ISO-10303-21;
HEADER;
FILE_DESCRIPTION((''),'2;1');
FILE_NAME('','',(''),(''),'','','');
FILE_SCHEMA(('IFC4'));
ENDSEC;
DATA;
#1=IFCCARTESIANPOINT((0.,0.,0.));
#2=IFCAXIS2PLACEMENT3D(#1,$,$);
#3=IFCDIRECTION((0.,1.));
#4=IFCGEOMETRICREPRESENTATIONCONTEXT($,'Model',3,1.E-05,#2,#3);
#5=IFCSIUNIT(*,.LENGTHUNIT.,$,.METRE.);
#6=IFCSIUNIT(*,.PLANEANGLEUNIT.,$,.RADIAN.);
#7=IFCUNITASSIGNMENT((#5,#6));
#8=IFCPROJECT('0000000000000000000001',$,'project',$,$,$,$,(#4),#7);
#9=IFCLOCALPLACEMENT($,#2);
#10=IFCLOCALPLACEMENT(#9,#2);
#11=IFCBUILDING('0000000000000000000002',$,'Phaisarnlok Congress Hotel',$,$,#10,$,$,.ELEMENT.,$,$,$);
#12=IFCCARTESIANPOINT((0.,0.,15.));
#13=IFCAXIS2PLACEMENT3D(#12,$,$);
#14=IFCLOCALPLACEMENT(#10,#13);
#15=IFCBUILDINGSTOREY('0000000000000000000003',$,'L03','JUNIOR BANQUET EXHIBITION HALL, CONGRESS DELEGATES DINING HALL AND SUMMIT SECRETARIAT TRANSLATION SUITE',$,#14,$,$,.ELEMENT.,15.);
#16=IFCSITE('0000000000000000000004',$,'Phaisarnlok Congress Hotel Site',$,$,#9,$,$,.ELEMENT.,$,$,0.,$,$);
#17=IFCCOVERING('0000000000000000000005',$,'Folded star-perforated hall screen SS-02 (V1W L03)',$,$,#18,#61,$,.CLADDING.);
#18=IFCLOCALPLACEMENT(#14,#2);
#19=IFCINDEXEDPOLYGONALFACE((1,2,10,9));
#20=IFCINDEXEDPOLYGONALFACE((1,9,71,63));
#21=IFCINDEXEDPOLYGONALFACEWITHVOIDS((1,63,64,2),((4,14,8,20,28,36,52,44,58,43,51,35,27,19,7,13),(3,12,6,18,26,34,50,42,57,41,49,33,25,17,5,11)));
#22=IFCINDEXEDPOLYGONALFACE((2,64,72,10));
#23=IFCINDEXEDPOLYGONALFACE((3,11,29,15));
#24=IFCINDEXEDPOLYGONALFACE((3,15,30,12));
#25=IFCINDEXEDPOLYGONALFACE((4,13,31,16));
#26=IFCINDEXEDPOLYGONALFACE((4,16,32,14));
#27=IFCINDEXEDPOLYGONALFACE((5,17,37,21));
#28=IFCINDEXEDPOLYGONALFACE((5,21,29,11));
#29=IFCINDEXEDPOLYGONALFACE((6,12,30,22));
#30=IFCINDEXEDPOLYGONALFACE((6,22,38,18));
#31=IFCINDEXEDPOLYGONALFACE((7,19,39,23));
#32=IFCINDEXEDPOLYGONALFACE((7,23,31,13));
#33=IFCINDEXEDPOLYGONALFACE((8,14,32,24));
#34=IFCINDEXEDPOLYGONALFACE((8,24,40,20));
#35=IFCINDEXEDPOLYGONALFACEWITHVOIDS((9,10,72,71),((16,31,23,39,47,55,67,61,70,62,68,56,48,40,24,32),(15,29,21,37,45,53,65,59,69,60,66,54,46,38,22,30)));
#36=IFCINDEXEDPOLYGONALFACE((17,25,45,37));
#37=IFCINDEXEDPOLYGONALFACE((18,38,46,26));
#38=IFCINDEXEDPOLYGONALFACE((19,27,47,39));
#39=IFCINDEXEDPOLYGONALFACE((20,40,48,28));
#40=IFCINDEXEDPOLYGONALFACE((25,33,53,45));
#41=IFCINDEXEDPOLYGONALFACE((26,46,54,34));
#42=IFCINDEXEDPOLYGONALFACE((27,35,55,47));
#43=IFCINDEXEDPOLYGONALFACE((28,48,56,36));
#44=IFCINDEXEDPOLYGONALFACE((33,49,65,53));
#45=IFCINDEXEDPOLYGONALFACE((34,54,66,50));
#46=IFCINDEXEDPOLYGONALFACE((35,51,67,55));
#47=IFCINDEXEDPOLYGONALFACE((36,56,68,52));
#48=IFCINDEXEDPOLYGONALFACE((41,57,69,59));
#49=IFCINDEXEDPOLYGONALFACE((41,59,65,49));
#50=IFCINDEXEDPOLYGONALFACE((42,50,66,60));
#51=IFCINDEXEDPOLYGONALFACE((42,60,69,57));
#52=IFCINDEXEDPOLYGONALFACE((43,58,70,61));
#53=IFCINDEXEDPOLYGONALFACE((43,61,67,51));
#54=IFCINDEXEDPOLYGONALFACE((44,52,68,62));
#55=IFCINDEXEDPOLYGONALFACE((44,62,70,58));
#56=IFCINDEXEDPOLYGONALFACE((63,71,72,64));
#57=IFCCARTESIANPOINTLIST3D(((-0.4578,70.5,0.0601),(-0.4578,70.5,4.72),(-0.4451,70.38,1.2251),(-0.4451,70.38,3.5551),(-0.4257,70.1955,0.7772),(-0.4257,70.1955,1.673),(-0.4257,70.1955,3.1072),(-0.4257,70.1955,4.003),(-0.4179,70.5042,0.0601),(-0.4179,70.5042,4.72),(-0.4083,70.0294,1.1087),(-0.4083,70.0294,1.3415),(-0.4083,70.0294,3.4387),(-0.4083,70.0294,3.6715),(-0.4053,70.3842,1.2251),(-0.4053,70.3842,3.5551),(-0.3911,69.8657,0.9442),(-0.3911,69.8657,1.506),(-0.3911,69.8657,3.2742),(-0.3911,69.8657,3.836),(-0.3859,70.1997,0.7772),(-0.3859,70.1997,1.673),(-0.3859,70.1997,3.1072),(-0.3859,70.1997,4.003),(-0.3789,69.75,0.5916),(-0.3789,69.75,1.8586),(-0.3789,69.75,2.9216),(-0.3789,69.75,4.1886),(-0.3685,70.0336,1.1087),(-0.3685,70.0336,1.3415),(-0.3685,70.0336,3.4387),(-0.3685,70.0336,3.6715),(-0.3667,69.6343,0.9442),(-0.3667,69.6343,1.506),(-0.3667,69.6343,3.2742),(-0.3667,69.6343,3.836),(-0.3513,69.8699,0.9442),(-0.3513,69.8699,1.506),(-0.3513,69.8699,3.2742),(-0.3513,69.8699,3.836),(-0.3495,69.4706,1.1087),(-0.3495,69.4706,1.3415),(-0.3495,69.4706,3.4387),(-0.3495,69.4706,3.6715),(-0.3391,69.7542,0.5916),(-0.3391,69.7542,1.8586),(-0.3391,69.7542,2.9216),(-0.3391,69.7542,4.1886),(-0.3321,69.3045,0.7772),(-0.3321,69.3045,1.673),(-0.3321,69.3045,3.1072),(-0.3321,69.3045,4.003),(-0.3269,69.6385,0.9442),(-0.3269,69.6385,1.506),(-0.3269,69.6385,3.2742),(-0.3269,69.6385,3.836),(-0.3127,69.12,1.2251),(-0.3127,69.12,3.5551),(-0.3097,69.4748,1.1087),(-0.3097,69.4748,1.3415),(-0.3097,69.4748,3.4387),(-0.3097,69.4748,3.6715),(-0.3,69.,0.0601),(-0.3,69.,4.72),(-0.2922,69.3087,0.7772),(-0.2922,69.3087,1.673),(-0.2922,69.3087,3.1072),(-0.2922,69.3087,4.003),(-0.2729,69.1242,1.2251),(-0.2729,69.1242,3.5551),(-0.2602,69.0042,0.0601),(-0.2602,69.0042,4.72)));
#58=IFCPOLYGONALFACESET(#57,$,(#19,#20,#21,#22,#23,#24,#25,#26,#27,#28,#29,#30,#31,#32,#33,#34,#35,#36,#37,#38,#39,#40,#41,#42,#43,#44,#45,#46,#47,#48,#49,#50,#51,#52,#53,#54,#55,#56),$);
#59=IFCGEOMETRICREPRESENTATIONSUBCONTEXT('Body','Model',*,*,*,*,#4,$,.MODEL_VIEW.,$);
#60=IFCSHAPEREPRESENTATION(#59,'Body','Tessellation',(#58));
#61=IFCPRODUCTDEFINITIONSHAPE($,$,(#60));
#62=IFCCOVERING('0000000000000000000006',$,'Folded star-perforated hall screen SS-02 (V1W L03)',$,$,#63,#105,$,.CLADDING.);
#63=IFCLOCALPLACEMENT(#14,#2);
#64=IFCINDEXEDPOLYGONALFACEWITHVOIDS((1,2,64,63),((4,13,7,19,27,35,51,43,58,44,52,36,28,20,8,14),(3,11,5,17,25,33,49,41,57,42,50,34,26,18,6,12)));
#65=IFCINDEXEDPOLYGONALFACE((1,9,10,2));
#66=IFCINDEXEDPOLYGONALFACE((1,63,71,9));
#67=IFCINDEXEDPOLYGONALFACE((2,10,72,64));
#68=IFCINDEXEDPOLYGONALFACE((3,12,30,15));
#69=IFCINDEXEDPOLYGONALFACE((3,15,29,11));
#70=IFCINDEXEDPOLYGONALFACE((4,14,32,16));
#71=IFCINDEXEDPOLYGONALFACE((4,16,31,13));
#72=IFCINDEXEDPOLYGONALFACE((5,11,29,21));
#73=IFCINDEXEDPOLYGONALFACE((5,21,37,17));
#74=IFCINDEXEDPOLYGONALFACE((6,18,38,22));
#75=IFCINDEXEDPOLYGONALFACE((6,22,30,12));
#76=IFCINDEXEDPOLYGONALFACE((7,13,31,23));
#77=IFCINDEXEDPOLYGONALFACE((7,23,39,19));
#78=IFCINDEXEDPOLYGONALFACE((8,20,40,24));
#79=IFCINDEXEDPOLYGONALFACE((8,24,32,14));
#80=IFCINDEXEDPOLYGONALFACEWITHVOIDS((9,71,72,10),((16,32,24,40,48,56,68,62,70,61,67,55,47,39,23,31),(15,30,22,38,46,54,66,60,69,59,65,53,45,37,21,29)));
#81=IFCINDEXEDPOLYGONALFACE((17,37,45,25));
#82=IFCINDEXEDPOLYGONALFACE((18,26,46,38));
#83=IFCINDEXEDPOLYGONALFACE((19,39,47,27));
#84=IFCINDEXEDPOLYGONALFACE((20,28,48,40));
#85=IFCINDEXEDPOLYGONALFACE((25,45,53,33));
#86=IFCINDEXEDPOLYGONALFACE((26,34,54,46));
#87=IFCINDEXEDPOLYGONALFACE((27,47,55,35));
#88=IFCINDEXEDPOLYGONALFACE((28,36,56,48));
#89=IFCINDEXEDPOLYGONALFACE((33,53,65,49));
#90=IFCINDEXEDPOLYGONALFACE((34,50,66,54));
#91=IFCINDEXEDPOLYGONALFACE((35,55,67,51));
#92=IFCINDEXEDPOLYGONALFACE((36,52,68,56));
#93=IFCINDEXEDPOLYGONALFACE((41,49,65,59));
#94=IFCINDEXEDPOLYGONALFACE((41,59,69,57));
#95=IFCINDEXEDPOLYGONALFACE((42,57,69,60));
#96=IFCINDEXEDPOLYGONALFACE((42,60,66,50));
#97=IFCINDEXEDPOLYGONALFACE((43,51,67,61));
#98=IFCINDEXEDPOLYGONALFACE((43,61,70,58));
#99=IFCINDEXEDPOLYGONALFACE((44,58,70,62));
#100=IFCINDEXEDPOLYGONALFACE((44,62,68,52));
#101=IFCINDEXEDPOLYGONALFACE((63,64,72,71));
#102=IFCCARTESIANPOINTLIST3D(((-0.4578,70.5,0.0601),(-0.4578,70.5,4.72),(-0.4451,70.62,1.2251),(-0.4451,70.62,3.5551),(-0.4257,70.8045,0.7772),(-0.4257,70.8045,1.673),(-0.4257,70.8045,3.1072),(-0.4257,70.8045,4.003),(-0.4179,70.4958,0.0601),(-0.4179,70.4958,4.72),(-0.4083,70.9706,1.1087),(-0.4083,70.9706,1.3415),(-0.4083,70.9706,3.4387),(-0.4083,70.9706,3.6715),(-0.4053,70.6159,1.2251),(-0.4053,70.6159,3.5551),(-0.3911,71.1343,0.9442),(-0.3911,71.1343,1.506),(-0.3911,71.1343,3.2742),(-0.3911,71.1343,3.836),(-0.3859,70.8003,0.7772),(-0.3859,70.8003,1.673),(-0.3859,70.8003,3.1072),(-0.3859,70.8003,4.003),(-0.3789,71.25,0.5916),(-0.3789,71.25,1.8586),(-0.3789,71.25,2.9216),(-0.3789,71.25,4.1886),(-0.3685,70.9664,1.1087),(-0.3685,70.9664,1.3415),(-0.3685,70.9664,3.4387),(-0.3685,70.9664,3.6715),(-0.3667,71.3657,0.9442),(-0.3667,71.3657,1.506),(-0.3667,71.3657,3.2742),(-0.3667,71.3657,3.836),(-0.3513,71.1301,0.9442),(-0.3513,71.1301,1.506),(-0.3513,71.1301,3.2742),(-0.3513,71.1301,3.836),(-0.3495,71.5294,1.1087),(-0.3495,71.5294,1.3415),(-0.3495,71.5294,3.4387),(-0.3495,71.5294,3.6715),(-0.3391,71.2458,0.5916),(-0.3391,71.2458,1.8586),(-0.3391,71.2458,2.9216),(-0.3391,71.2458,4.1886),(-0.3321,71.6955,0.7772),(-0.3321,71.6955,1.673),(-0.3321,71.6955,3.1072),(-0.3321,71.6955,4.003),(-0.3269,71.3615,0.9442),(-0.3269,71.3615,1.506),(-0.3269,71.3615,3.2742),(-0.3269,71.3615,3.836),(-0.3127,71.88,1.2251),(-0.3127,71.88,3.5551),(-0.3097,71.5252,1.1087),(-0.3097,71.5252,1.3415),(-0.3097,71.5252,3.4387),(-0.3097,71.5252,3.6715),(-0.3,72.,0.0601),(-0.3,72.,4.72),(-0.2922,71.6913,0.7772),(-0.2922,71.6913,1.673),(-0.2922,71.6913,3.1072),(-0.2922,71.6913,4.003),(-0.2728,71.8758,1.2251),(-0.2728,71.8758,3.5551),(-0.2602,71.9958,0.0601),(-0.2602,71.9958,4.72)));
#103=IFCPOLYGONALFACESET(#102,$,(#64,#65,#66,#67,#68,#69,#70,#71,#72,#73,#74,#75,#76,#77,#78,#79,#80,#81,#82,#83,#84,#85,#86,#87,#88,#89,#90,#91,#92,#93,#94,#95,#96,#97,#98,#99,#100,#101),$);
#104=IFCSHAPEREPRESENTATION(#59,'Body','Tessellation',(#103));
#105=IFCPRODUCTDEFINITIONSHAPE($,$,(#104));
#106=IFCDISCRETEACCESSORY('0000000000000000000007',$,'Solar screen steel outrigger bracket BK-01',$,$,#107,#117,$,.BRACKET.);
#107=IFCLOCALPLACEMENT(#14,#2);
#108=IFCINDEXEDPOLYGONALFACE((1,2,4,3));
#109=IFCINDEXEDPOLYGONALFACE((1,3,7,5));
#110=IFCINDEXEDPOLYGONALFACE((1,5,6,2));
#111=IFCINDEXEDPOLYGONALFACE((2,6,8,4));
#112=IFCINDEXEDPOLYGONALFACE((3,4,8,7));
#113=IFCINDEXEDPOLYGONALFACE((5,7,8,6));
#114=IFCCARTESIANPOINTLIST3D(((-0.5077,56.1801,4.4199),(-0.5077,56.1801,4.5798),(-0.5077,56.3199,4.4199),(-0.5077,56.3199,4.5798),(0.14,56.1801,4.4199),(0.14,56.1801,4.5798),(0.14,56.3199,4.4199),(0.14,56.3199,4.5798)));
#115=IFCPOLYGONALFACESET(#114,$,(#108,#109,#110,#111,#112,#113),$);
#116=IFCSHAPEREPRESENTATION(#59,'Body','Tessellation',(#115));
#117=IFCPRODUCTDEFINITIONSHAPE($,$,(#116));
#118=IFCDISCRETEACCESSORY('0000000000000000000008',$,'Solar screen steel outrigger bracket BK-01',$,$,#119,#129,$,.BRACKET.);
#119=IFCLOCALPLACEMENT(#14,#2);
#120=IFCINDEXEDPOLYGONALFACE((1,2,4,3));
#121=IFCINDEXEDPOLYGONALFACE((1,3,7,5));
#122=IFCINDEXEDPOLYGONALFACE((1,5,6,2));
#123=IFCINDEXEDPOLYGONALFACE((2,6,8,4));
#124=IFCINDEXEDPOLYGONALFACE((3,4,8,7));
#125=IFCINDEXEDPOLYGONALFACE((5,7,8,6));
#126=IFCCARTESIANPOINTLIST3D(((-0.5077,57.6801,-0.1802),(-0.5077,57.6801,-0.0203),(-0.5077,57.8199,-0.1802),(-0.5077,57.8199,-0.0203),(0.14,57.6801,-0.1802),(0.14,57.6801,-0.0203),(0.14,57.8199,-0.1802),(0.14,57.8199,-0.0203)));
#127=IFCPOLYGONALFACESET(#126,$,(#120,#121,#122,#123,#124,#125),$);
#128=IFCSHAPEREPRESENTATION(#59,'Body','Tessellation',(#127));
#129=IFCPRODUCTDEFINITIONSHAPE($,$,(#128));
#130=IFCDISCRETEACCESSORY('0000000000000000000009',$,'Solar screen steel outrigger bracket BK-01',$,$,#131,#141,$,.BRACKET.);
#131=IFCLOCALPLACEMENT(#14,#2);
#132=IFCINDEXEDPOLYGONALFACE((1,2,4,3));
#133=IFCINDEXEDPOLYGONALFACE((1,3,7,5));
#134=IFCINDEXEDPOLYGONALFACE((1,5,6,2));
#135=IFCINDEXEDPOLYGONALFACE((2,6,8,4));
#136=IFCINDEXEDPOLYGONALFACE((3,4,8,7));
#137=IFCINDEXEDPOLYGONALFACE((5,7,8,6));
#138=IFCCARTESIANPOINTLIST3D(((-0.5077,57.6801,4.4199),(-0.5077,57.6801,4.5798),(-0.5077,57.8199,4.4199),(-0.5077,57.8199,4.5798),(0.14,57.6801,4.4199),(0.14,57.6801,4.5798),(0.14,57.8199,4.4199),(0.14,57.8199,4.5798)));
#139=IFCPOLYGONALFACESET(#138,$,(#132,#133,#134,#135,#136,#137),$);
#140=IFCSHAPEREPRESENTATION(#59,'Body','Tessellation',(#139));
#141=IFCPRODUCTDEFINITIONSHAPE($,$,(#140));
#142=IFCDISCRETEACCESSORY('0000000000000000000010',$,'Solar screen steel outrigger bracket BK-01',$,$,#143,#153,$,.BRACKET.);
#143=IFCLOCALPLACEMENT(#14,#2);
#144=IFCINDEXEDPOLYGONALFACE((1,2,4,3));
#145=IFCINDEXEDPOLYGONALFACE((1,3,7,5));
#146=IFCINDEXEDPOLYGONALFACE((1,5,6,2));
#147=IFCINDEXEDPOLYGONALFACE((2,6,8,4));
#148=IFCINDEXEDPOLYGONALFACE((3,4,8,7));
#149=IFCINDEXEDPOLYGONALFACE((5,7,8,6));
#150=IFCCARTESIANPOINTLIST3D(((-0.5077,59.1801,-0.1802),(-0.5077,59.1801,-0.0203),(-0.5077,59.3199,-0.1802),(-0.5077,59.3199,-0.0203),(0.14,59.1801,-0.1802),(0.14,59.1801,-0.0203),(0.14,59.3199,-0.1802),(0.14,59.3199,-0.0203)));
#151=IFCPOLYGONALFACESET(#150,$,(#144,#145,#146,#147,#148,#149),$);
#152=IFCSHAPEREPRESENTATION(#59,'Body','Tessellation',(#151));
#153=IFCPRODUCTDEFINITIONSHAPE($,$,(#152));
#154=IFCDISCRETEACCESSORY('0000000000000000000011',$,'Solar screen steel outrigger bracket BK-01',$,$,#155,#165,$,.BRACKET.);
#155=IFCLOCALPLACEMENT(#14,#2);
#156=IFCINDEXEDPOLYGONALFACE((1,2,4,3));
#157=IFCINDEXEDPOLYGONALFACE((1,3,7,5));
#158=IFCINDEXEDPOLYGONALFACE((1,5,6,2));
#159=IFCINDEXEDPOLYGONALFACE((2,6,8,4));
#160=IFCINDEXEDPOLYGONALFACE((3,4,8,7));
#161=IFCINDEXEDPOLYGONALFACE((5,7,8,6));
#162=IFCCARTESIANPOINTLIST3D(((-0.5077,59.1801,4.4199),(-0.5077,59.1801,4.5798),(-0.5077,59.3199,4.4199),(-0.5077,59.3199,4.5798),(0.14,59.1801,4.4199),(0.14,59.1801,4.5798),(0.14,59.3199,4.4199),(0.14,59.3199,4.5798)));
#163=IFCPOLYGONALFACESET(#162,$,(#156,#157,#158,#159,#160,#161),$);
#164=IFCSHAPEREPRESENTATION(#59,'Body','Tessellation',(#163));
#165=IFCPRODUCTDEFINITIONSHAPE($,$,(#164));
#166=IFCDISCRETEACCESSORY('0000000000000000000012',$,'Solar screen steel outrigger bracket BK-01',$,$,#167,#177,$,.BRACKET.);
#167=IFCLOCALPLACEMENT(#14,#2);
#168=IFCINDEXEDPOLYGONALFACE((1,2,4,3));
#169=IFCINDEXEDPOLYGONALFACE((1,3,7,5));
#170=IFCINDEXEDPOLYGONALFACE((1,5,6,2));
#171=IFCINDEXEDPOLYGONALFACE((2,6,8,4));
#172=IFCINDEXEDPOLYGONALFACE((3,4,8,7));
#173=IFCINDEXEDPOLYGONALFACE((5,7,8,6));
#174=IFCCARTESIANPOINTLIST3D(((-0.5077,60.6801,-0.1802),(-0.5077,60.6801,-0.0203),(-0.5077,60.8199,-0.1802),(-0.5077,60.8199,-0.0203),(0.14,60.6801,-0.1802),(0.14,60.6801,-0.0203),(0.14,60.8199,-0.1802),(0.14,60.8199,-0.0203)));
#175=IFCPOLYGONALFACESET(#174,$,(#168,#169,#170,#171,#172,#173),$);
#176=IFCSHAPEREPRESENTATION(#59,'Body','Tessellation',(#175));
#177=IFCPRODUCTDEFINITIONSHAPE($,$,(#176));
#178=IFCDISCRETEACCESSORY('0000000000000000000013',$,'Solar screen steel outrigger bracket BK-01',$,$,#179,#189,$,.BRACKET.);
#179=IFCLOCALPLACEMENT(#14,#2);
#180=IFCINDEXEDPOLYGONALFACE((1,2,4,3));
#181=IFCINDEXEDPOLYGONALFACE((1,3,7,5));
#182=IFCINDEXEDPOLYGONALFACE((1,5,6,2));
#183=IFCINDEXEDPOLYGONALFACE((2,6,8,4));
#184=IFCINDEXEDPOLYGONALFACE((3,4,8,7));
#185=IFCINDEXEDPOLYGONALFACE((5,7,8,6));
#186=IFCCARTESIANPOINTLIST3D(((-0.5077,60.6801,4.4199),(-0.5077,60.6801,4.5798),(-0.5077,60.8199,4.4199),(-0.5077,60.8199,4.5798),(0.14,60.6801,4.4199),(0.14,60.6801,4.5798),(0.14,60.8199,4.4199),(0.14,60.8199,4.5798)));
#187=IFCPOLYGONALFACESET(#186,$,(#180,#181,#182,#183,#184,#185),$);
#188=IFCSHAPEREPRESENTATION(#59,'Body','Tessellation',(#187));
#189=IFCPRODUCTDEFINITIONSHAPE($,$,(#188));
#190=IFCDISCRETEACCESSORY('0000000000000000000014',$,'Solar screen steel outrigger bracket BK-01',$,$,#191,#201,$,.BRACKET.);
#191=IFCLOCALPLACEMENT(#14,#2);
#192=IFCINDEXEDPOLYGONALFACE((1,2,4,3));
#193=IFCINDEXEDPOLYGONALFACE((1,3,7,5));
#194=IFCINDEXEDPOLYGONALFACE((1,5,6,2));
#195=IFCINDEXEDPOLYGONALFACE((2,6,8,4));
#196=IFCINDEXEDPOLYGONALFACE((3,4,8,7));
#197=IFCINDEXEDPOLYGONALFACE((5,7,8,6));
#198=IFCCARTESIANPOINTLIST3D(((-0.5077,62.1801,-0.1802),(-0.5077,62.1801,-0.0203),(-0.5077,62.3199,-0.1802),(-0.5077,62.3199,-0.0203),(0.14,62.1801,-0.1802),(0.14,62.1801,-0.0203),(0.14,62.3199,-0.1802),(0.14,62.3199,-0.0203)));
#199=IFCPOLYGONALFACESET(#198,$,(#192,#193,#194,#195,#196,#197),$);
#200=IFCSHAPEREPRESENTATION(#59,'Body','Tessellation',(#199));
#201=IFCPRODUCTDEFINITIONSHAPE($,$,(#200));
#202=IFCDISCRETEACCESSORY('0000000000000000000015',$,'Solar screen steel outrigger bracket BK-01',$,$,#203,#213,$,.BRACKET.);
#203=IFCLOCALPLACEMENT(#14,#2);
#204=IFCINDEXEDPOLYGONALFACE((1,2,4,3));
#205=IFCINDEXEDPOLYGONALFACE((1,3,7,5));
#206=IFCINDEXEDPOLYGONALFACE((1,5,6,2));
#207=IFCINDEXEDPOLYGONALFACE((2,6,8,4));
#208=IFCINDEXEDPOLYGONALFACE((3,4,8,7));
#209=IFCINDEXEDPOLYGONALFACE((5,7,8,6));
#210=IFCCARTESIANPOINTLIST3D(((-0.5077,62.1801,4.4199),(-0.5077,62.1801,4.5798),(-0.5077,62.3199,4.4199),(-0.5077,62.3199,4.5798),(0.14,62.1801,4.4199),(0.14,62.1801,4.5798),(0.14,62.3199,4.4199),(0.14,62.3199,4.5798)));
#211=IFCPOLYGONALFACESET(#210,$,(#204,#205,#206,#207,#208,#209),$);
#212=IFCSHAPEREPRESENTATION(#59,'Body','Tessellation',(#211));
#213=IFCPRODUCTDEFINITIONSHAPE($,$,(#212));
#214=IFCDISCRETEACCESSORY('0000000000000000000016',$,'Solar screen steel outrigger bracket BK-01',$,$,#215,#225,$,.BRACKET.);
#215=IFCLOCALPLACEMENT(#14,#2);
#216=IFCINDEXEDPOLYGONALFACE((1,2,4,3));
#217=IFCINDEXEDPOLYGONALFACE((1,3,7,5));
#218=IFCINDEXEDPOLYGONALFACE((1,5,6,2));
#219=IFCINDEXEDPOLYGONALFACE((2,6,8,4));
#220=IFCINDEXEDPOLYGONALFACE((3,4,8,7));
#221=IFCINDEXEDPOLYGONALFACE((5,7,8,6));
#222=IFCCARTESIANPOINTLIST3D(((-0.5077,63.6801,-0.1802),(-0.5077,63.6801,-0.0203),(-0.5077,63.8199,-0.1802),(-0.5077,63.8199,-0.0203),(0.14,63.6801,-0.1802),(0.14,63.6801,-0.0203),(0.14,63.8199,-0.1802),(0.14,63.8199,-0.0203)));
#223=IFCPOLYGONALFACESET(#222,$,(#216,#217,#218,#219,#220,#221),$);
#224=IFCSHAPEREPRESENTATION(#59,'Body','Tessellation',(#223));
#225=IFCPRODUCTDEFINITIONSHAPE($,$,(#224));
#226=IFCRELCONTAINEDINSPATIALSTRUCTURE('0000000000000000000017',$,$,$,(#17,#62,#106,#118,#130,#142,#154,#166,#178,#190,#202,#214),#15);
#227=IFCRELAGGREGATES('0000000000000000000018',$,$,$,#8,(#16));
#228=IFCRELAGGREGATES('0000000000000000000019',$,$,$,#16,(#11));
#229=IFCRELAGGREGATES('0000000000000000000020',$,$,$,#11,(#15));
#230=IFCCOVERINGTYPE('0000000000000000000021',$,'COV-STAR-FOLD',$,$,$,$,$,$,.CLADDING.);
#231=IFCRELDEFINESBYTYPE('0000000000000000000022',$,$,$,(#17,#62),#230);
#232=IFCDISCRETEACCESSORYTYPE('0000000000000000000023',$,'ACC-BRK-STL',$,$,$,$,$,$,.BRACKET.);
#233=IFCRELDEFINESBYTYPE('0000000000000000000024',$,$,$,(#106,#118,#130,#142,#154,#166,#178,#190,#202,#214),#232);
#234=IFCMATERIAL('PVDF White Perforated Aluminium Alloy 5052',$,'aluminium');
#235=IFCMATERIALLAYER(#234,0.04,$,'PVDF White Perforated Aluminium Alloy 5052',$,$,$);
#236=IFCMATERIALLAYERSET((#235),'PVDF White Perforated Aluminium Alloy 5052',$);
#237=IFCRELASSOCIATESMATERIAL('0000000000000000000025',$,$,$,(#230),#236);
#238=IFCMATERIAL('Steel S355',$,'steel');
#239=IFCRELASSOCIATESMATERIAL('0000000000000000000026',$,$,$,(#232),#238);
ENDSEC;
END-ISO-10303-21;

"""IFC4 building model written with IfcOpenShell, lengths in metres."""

from ifc_helpers import new_model, si_unit, direction, frame, origin, origin_2d, place, context, subcontext, project, spatial, polyline, rectangle, outline, extrude, material, layer, layer_set, type_object, element, save


model = new_model("IFC4")

# Units and contexts
model_context = context("Model", 3, precision=1e-05, world=origin(), true_north=direction((0.0, 1.0)))
body_context = subcontext(model_context, "Body", "Model", "MODEL_VIEW")
ifc_project = project(units=[si_unit("LENGTHUNIT", "METRE"), si_unit("PLANEANGLEUNIT", "RADIAN")], contexts=[model_context])

# Site, building, storey
site_placement = place(None, origin())
site = spatial("IfcSite", under=ifc_project, at=site_placement, Name="Phaisarnlok Congress Hotel Site", CompositionType="ELEMENT", RefElevation=0.0)
building_placement = place(site_placement, origin())
building = spatial("IfcBuilding", under=site, at=building_placement, Name="Phaisarnlok Congress Hotel", CompositionType="ELEMENT")
storey_placement = place(building_placement, frame((0.0, 0.0, 15.0)))
storey = spatial("IfcBuildingStorey", under=building, at=storey_placement, Name="L03", Description="JUNIOR BANQUET EXHIBITION HALL, CONGRESS DELEGATES DINING HALL AND SUMMIT SECRETARIAT TRANSLATION SUITE", CompositionType="ELEMENT", Elevation=15.0)

# Coverings
ifc_material_1 = material(Name="PVDF White Perforated Aluminium Alloy 5052", Category="aluminium")
ifc_layer = layer(ifc_material_1, 0.04, Name="PVDF White Perforated Aluminium Alloy 5052")
ifc_layer_set = layer_set([ifc_layer], Name="PVDF White Perforated Aluminium Alloy 5052")
covering_type = type_object("IfcCoveringType", Name="COV-STAR-FOLD", PredefinedType="CLADDING", material=ifc_layer_set)
for number, where, z_axis, x_axis, name in (
    (1, (-0.3, 69.0, 0.0601), (0.994518, 0.104567, 0.0), (-0.104567, 0.994518, 0.0), "Folded star-perforated hall screen SS-02 (V1W L03)"),
    (2, (-0.4578, 70.5, 0.0601), (0.994518, -0.104567, 0.0), (0.104567, 0.994518, 0.0), "Folded star-perforated hall screen SS-02 (V1W L03)"),
):
    element("IfcCovering", number, at=place(storey_placement, frame(where, z_axis=z_axis, x_axis=x_axis)), inside=storey, type_object=covering_type, Name=name, PredefinedType="CLADDING", context=body_context, shape_type="SweptSolid", body=[
        extrude(outline(polyline([(0.0, 0.0), (1.5083, 0.0), (1.5083, 4.6599), (0.0, 4.6599), (0.0, 0.0)]), holes=[polyline([(1.0351, 1.0486), (1.2021, 0.7171), (0.8705, 0.8841), (0.7541, 0.5315), (0.6378, 0.8841), (0.3062, 0.7171), (0.4732, 1.0486), (0.1207, 1.165), (0.4732, 1.2814), (0.3062, 1.6129), (0.6378, 1.4459), (0.7541, 1.7985), (0.8705, 1.4459), (1.2021, 1.6129), (1.0351, 1.2814), (1.3876, 1.165), (1.0351, 1.0486)]), polyline([(1.0351, 3.3786), (1.2021, 3.0471), (0.8705, 3.2141), (0.7541, 2.8615), (0.6378, 3.2141), (0.3062, 3.0471), (0.4732, 3.3786), (0.1207, 3.495), (0.4732, 3.6114), (0.3062, 3.9429), (0.6378, 3.7759), (0.7541, 4.1285), (0.8705, 3.7759), (1.2021, 3.9429), (1.0351, 3.6114), (1.3876, 3.495), (1.0351, 3.3786)])]), origin(), (0.0, 0.0, 1.0), 0.04),
    ])

# Discrete accessories
ifc_material_2 = material(Name="Steel S355", Category="steel")
discrete_accessory_type = type_object("IfcDiscreteAccessoryType", Name="ACC-BRK-STL", PredefinedType="BRACKET", material=ifc_material_2)
for number, where, z_axis, x_axis, name in (
    (3, (-0.1838, 56.25, 4.4199), (0.0, 0.0, 1.0), (1.0, 0.0, 0.0), "Solar screen steel outrigger bracket BK-01"),
    (4, (-0.1838, 57.75, -0.1802), (0.0, 0.0, 1.0), (1.0, 0.0, 0.0), "Solar screen steel outrigger bracket BK-01"),
    (5, (-0.1838, 57.75, 4.4199), (0.0, 0.0, 1.0), (1.0, 0.0, 0.0), "Solar screen steel outrigger bracket BK-01"),
    (6, (-0.1838, 59.25, -0.1802), (0.0, 0.0, 1.0), (1.0, 0.0, 0.0), "Solar screen steel outrigger bracket BK-01"),
    (7, (-0.1838, 59.25, 4.4199), (0.0, 0.0, 1.0), (1.0, 0.0, 0.0), "Solar screen steel outrigger bracket BK-01"),
    (8, (-0.1838, 60.75, -0.1802), (0.0, 0.0, 1.0), (1.0, 0.0, 0.0), "Solar screen steel outrigger bracket BK-01"),
    (9, (-0.1838, 60.75, 4.4199), (0.0, 0.0, 1.0), (1.0, 0.0, 0.0), "Solar screen steel outrigger bracket BK-01"),
    (10, (-0.1838, 62.25, -0.1802), (0.0, 0.0, 1.0), (1.0, 0.0, 0.0), "Solar screen steel outrigger bracket BK-01"),
    (11, (-0.1838, 62.25, 4.4199), (0.0, 0.0, 1.0), (1.0, 0.0, 0.0), "Solar screen steel outrigger bracket BK-01"),
    (12, (-0.1838, 63.75, -0.1802), (0.0, 0.0, 1.0), (1.0, 0.0, 0.0), "Solar screen steel outrigger bracket BK-01"),
):
    element("IfcDiscreteAccessory", number, at=place(storey_placement, frame(where, z_axis=z_axis, x_axis=x_axis)), inside=storey, type_object=discrete_accessory_type, Name=name, PredefinedType="BRACKET", context=body_context, shape_type="SweptSolid", body=[
        extrude(rectangle(XDim=0.6477, YDim=0.1399, at=origin_2d()), origin(), (0.0, 0.0, 1.0), 0.1599),
    ])

save(model, "model.ifc")
